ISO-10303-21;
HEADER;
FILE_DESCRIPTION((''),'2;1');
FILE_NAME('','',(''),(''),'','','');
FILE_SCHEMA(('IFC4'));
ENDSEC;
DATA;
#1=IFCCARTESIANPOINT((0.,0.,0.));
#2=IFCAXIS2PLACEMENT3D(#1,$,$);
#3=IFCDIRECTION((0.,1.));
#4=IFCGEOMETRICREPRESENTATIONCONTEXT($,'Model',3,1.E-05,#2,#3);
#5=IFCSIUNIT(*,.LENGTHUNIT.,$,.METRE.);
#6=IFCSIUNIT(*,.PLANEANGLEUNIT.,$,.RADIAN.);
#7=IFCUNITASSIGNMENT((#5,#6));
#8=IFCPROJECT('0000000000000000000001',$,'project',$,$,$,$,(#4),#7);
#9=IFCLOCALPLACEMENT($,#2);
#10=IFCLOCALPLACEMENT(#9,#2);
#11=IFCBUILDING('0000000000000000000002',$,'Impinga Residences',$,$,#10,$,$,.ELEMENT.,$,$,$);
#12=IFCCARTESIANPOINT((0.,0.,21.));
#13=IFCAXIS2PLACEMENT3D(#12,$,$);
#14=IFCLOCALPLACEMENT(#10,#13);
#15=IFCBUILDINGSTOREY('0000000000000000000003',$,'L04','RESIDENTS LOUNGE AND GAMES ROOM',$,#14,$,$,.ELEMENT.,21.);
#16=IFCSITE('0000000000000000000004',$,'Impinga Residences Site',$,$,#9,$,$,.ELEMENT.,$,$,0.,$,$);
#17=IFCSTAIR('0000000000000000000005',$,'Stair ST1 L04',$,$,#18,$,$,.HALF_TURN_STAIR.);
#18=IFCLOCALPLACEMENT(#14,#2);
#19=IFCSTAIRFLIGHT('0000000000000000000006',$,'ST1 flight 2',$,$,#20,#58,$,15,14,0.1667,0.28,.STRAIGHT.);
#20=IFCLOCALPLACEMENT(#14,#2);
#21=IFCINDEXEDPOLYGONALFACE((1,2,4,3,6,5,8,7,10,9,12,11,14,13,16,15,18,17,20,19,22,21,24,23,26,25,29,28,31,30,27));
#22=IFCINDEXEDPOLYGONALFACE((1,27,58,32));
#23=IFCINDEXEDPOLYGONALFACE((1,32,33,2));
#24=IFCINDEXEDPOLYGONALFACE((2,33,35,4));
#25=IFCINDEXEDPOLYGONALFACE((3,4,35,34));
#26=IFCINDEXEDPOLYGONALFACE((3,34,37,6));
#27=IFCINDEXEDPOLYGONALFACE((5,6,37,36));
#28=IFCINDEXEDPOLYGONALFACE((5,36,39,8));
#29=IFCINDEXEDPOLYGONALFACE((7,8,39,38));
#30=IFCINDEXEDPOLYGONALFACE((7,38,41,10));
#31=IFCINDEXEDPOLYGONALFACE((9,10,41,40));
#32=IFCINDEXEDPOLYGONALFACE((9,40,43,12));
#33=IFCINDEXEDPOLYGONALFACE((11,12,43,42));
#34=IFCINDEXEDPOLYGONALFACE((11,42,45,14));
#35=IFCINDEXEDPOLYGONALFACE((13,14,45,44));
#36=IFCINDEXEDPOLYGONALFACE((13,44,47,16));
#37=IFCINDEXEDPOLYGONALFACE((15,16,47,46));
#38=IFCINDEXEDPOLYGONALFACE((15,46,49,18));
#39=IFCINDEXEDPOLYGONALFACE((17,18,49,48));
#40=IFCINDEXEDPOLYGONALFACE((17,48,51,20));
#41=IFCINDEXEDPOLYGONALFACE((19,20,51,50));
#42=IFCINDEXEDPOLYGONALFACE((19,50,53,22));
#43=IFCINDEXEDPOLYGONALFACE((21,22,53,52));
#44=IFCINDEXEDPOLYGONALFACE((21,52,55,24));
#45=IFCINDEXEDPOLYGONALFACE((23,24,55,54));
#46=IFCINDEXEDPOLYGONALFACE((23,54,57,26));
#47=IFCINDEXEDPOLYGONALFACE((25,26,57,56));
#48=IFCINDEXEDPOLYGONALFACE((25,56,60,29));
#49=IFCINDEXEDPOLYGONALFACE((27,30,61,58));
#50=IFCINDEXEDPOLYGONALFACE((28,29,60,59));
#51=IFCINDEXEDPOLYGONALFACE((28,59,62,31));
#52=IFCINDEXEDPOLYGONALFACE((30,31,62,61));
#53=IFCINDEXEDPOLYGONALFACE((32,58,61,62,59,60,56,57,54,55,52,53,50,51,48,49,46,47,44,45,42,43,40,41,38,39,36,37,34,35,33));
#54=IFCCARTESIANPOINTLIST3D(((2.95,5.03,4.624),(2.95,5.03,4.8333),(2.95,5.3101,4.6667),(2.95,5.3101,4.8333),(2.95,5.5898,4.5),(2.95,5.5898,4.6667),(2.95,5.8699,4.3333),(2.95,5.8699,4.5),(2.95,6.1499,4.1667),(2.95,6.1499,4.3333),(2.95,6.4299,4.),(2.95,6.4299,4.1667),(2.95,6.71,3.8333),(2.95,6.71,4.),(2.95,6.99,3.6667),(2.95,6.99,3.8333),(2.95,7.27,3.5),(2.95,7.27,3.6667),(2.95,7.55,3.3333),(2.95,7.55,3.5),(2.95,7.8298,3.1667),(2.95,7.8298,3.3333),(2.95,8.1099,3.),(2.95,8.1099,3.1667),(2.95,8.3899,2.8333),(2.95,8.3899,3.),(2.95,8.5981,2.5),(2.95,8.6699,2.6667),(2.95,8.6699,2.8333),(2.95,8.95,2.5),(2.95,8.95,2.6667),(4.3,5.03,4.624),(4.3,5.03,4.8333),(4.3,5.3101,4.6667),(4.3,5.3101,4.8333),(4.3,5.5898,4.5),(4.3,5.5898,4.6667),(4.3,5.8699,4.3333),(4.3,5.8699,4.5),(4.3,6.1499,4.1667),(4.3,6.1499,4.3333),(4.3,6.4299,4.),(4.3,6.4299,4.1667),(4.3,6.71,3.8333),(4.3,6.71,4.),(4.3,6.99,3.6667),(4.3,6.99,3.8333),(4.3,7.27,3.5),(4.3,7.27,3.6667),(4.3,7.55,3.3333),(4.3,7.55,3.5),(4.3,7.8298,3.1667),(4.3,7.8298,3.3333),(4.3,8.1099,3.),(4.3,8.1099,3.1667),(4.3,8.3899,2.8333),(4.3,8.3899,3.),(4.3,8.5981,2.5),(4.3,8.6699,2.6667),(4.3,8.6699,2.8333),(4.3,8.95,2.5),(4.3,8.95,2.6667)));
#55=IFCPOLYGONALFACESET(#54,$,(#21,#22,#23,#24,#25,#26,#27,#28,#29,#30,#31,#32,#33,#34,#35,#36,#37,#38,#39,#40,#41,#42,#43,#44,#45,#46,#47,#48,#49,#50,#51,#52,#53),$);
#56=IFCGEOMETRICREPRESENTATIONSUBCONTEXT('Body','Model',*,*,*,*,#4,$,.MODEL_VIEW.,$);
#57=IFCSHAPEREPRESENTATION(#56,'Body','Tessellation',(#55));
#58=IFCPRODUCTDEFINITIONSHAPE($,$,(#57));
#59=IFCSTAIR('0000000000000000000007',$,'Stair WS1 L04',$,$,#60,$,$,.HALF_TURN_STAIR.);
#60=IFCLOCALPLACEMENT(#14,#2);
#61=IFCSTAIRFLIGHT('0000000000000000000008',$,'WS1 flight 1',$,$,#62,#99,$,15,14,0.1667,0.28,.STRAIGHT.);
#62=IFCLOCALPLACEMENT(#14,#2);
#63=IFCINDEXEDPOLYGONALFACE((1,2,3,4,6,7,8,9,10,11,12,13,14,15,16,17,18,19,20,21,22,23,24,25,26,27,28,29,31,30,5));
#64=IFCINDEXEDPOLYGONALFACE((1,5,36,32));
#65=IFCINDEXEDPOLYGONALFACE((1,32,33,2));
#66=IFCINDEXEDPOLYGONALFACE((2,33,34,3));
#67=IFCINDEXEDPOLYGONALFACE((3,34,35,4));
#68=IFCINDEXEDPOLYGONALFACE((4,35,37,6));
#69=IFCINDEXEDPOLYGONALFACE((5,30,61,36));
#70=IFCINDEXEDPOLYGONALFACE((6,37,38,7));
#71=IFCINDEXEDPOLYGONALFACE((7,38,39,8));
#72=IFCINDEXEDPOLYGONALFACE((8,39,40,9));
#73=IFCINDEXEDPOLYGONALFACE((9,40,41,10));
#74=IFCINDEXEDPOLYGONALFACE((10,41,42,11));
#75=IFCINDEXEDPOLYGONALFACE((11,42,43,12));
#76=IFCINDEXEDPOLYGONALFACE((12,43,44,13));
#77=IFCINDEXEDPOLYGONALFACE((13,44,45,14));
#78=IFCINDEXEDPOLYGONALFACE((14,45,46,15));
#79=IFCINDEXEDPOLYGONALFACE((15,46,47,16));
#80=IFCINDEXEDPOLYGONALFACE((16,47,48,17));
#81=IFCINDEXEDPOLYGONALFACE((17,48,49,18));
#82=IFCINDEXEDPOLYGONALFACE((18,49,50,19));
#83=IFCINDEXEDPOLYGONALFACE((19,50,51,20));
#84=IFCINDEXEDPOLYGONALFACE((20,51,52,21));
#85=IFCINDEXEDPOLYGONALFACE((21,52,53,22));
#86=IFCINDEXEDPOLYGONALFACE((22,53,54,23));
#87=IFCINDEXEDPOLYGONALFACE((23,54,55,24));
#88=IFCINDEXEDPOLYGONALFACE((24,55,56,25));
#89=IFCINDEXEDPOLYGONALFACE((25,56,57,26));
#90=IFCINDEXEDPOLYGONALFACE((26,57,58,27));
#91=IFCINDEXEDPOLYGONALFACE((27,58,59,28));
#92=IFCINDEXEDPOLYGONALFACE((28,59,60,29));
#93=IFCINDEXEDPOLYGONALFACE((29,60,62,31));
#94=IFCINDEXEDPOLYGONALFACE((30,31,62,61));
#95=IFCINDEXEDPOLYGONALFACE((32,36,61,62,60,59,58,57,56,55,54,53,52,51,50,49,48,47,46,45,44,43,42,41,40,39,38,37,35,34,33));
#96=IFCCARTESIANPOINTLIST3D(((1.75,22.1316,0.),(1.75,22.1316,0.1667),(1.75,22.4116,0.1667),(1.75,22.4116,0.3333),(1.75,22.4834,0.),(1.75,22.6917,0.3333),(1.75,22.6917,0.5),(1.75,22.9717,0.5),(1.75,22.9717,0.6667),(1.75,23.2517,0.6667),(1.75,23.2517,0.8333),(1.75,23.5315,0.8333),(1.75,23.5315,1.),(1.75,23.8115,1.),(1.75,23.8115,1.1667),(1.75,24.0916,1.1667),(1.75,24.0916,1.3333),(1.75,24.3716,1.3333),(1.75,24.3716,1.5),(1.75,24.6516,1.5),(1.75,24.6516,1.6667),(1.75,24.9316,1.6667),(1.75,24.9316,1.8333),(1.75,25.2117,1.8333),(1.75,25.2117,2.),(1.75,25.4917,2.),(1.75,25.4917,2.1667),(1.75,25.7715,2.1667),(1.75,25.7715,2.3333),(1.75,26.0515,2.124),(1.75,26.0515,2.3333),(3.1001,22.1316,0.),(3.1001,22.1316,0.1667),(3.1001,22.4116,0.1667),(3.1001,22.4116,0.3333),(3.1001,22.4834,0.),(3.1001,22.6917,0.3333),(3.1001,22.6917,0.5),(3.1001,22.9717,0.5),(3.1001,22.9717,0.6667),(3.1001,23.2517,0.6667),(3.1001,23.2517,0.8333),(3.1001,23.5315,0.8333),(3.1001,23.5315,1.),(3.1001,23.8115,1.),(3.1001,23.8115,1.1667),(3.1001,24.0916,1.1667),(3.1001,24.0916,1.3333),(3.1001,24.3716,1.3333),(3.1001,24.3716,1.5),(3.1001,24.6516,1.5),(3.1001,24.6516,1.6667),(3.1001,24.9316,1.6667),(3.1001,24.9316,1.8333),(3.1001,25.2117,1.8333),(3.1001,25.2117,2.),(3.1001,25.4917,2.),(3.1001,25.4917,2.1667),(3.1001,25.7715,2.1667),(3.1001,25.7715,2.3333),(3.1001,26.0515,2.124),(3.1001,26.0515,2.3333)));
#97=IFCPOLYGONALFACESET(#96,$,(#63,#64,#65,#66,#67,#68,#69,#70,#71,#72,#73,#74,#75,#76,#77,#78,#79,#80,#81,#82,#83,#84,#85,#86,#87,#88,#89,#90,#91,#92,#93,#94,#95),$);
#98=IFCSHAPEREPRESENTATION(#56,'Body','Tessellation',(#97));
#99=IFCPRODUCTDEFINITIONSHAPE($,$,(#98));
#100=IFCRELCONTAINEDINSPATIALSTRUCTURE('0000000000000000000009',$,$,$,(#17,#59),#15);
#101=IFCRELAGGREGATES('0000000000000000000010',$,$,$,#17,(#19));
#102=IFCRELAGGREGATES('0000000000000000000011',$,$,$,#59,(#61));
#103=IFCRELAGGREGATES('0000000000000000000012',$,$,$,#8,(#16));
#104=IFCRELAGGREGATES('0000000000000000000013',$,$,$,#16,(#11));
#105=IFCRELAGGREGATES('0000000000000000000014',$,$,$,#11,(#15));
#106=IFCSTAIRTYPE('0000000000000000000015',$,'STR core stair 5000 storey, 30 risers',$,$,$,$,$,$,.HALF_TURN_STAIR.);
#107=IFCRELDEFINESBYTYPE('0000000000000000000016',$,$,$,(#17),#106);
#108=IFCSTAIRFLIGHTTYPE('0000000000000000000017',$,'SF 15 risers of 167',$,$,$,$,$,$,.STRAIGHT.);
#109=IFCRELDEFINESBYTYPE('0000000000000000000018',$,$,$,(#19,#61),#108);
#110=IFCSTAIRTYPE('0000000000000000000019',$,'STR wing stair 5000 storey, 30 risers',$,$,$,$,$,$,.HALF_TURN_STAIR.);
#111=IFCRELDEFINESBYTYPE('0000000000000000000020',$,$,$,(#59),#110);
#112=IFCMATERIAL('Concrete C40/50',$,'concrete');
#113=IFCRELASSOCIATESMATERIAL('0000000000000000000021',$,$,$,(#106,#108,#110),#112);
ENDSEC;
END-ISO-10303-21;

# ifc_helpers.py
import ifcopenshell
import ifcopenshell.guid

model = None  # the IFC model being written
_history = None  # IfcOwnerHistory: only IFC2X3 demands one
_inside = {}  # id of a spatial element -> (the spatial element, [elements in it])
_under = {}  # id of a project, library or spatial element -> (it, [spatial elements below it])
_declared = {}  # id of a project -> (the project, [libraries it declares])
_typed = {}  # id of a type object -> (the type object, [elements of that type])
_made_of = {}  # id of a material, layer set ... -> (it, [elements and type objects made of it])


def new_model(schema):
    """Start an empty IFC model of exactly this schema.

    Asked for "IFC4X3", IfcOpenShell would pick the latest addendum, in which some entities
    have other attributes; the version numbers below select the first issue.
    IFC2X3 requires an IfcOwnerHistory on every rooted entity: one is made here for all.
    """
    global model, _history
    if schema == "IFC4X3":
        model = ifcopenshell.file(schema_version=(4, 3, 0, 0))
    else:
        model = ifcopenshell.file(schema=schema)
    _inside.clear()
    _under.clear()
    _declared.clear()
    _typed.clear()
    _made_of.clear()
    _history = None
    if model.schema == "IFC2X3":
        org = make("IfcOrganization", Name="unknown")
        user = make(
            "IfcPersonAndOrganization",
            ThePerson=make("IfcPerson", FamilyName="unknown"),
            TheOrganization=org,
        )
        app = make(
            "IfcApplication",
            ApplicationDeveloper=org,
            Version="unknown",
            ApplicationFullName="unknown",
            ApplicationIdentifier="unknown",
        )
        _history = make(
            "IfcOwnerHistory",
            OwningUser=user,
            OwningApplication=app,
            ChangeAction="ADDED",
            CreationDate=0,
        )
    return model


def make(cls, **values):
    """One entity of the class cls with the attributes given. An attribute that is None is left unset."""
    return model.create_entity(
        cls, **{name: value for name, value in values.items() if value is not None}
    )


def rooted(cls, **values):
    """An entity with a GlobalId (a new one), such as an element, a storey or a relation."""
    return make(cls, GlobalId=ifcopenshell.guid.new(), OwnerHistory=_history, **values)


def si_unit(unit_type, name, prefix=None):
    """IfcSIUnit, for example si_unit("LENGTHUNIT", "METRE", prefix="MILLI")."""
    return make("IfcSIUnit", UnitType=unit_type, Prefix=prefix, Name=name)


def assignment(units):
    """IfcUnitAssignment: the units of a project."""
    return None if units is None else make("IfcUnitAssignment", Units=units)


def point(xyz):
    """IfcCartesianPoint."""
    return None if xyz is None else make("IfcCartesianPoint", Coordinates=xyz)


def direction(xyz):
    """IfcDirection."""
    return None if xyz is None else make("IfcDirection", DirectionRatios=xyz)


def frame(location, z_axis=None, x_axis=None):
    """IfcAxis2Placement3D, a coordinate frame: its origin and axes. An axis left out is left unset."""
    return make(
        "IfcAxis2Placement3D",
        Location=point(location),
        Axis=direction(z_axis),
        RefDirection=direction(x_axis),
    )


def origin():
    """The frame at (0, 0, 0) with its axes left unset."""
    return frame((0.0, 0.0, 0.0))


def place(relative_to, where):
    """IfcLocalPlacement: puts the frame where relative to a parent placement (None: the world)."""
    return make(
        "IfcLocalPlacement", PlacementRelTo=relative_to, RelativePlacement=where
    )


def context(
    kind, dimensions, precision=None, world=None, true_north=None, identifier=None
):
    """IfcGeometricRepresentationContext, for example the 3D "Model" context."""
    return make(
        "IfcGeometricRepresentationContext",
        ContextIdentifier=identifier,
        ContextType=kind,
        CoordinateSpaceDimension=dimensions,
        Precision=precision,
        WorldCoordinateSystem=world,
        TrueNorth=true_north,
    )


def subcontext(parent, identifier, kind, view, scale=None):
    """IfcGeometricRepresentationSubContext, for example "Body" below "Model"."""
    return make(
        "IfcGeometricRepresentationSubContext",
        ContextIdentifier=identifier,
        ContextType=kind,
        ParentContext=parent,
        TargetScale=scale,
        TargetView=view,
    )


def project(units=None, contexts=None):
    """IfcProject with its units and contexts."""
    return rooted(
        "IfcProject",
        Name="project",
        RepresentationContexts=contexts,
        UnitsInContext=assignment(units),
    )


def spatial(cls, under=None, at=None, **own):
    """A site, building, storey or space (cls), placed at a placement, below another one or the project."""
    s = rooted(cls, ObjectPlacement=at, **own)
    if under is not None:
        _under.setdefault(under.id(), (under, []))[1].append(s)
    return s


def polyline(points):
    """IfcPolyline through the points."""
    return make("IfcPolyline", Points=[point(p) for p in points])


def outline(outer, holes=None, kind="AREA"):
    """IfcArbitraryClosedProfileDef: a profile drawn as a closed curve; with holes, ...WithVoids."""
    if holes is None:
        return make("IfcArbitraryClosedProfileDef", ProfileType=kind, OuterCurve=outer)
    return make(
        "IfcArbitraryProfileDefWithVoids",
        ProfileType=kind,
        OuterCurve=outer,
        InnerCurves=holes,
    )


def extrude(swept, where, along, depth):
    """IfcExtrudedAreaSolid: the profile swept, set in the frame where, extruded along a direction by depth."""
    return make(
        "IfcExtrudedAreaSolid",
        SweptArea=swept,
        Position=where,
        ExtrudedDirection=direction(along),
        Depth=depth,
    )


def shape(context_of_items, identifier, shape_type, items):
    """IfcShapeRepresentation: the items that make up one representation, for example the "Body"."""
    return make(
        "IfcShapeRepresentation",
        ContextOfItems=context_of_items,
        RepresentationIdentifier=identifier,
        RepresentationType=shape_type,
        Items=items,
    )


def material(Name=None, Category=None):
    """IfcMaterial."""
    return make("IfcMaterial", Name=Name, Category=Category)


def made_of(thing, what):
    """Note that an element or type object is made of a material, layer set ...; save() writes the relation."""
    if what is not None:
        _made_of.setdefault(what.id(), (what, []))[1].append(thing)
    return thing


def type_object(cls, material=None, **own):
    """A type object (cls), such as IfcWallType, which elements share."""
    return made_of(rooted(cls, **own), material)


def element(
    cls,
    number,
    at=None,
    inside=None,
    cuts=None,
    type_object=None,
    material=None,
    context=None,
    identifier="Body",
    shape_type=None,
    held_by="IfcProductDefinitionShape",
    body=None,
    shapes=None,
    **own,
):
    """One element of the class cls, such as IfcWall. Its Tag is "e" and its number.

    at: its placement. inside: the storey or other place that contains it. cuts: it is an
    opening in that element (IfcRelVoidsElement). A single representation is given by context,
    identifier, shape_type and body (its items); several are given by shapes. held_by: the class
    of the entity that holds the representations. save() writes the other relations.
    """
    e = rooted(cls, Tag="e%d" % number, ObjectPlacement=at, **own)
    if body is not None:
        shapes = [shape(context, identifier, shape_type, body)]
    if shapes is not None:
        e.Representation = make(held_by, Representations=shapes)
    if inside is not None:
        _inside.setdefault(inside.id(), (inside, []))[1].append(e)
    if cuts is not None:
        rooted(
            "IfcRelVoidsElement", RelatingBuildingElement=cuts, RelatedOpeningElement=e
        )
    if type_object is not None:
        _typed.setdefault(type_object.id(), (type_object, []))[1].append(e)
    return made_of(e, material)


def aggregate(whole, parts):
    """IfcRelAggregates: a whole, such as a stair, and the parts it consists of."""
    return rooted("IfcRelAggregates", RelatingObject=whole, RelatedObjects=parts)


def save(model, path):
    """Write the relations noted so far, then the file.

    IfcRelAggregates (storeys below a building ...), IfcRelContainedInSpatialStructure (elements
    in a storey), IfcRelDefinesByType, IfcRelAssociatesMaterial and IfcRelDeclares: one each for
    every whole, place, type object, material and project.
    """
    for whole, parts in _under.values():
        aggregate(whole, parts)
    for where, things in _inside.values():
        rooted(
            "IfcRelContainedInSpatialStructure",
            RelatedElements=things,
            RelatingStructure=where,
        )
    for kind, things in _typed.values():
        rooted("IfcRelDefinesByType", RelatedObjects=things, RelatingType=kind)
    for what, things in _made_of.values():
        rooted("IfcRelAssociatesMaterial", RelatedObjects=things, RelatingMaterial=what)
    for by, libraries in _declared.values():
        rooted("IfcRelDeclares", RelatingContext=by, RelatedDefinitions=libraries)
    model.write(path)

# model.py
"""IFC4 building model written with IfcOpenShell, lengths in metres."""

from ifc_helpers import new_model, si_unit, direction, frame, origin, place, context, subcontext, project, spatial, polyline, outline, extrude, material, type_object, element, aggregate, save


model = new_model("IFC4")

# Units and contexts
model_context = context("Model", 3, precision=1e-05, world=origin(), true_north=direction((0.0, 1.0)))
body_context = subcontext(model_context, "Body", "Model", "MODEL_VIEW")
ifc_project = project(units=[si_unit("LENGTHUNIT", "METRE"), si_unit("PLANEANGLEUNIT", "RADIAN")], contexts=[model_context])

# Site, building, storey
site_placement = place(None, origin())
site = spatial("IfcSite", under=ifc_project, at=site_placement, Name="Impinga Residences Site", CompositionType="ELEMENT", RefElevation=0.0)
building_placement = place(site_placement, origin())
building = spatial("IfcBuilding", under=site, at=building_placement, Name="Impinga Residences", CompositionType="ELEMENT")
storey_placement = place(building_placement, frame((0.0, 0.0, 21.0)))
storey = spatial("IfcBuildingStorey", under=building, at=storey_placement, Name="L04", Description="RESIDENTS LOUNGE AND GAMES ROOM", CompositionType="ELEMENT", Elevation=21.0)

# Stairs, stair flights
ifc_material_1 = material(Name="Concrete C40/50", Category="concrete")
stair_type_1 = type_object("IfcStairType", Name="STR core stair 5000 storey, 30 risers", PredefinedType="HALF_TURN_STAIR", material=ifc_material_1)
stair_1_placement = place(storey_placement, origin())
stair_1 = element("IfcStair", 1, at=stair_1_placement, inside=storey, type_object=stair_type_1, Name="Stair ST1 L04", PredefinedType="HALF_TURN_STAIR")
stair_flight_type = type_object("IfcStairFlightType", Name="SF 15 risers of 167", PredefinedType="STRAIGHT", material=ifc_material_1)
stair_flight_1_placement = place(storey_placement, frame((3.625, 8.95, 2.5), z_axis=(0.0, 0.0, 1.0), x_axis=(0.0, -1.0, 0.0)))
stair_flight_1 = element("IfcStairFlight", 2, at=stair_flight_1_placement, type_object=stair_flight_type, Name="ST1 flight 2", NumberOfRisers=15, NumberOfTreads=14, PredefinedType="STRAIGHT", RiserHeight=0.1667, TreadLength=0.28, context=body_context, shape_type="SweptSolid", body=[
    extrude(outline(polyline([(0.0, 0.0), (0.0, 0.1667), (0.28, 0.1667), (0.28, 0.3333), (0.5601, 0.3333), (0.5601, 0.5), (0.8401, 0.5), (0.8401, 0.6667), (1.1201, 0.6667), (1.1201, 0.8333), (1.3999, 0.8333), (1.3999, 1.0), (1.6799, 1.0), (1.6799, 1.1667), (1.96, 1.1667), (1.96, 1.3333), (2.24, 1.3333), (2.24, 1.5), (2.52, 1.5), (2.52, 1.6667), (2.8, 1.6667), (2.8, 1.8333), (3.0801, 1.8333), (3.0801, 2.0), (3.3601, 2.0), (3.3601, 2.1667), (3.6399, 2.1667), (3.6399, 2.3333), (3.9199, 2.3333), (3.9199, 2.5), (3.9199, 2.124), (0.3518, 0.0), (0.0, 0.0)])), frame((0.0, 0.675, 0.0), z_axis=(0.0, -1.0, 0.0), x_axis=(1.0, 0.0, 0.0)), (0.0, 0.0, 1.0), 1.3501),
])
aggregate(stair_1, [stair_flight_1])
stair_type_2 = type_object("IfcStairType", Name="STR wing stair 5000 storey, 30 risers", PredefinedType="HALF_TURN_STAIR", material=ifc_material_1)
stair_2_placement = place(storey_placement, origin())
stair_2 = element("IfcStair", 3, at=stair_2_placement, inside=storey, type_object=stair_type_2, Name="Stair WS1 L04", PredefinedType="HALF_TURN_STAIR")
stair_flight_2_placement = place(storey_placement, frame((2.425, 22.1316, 0.0), z_axis=(0.0, 0.0, 1.0), x_axis=(0.0, 1.0, 0.0)))
stair_flight_2 = element("IfcStairFlight", 4, at=stair_flight_2_placement, type_object=stair_flight_type, Name="WS1 flight 1", NumberOfRisers=15, NumberOfTreads=14, PredefinedType="STRAIGHT", RiserHeight=0.1667, TreadLength=0.28, context=body_context, shape_type="SweptSolid", body=[
    extrude(outline(polyline([(0.0, 0.0), (0.0, 0.1667), (0.28, 0.1667), (0.28, 0.3333), (0.5601, 0.3333), (0.5601, 0.5), (0.8401, 0.5), (0.8401, 0.6667), (1.1201, 0.6667), (1.1201, 0.8333), (1.3999, 0.8333), (1.3999, 1.0), (1.6799, 1.0), (1.6799, 1.1667), (1.96, 1.1667), (1.96, 1.3333), (2.24, 1.3333), (2.24, 1.5), (2.52, 1.5), (2.52, 1.6667), (2.8, 1.6667), (2.8, 1.8333), (3.0801, 1.8333), (3.0801, 2.0), (3.3601, 2.0), (3.3601, 2.1667), (3.6399, 2.1667), (3.6399, 2.3333), (3.9199, 2.3333), (3.9199, 2.5), (3.9199, 2.124), (0.3518, 0.0), (0.0, 0.0)])), frame((0.0, 0.675, 0.0), z_axis=(0.0, -1.0, 0.0), x_axis=(1.0, 0.0, 0.0)), (0.0, 0.0, 1.0), 1.3501),
])
aggregate(stair_2, [stair_flight_2])

save(model, "model.ifc")
